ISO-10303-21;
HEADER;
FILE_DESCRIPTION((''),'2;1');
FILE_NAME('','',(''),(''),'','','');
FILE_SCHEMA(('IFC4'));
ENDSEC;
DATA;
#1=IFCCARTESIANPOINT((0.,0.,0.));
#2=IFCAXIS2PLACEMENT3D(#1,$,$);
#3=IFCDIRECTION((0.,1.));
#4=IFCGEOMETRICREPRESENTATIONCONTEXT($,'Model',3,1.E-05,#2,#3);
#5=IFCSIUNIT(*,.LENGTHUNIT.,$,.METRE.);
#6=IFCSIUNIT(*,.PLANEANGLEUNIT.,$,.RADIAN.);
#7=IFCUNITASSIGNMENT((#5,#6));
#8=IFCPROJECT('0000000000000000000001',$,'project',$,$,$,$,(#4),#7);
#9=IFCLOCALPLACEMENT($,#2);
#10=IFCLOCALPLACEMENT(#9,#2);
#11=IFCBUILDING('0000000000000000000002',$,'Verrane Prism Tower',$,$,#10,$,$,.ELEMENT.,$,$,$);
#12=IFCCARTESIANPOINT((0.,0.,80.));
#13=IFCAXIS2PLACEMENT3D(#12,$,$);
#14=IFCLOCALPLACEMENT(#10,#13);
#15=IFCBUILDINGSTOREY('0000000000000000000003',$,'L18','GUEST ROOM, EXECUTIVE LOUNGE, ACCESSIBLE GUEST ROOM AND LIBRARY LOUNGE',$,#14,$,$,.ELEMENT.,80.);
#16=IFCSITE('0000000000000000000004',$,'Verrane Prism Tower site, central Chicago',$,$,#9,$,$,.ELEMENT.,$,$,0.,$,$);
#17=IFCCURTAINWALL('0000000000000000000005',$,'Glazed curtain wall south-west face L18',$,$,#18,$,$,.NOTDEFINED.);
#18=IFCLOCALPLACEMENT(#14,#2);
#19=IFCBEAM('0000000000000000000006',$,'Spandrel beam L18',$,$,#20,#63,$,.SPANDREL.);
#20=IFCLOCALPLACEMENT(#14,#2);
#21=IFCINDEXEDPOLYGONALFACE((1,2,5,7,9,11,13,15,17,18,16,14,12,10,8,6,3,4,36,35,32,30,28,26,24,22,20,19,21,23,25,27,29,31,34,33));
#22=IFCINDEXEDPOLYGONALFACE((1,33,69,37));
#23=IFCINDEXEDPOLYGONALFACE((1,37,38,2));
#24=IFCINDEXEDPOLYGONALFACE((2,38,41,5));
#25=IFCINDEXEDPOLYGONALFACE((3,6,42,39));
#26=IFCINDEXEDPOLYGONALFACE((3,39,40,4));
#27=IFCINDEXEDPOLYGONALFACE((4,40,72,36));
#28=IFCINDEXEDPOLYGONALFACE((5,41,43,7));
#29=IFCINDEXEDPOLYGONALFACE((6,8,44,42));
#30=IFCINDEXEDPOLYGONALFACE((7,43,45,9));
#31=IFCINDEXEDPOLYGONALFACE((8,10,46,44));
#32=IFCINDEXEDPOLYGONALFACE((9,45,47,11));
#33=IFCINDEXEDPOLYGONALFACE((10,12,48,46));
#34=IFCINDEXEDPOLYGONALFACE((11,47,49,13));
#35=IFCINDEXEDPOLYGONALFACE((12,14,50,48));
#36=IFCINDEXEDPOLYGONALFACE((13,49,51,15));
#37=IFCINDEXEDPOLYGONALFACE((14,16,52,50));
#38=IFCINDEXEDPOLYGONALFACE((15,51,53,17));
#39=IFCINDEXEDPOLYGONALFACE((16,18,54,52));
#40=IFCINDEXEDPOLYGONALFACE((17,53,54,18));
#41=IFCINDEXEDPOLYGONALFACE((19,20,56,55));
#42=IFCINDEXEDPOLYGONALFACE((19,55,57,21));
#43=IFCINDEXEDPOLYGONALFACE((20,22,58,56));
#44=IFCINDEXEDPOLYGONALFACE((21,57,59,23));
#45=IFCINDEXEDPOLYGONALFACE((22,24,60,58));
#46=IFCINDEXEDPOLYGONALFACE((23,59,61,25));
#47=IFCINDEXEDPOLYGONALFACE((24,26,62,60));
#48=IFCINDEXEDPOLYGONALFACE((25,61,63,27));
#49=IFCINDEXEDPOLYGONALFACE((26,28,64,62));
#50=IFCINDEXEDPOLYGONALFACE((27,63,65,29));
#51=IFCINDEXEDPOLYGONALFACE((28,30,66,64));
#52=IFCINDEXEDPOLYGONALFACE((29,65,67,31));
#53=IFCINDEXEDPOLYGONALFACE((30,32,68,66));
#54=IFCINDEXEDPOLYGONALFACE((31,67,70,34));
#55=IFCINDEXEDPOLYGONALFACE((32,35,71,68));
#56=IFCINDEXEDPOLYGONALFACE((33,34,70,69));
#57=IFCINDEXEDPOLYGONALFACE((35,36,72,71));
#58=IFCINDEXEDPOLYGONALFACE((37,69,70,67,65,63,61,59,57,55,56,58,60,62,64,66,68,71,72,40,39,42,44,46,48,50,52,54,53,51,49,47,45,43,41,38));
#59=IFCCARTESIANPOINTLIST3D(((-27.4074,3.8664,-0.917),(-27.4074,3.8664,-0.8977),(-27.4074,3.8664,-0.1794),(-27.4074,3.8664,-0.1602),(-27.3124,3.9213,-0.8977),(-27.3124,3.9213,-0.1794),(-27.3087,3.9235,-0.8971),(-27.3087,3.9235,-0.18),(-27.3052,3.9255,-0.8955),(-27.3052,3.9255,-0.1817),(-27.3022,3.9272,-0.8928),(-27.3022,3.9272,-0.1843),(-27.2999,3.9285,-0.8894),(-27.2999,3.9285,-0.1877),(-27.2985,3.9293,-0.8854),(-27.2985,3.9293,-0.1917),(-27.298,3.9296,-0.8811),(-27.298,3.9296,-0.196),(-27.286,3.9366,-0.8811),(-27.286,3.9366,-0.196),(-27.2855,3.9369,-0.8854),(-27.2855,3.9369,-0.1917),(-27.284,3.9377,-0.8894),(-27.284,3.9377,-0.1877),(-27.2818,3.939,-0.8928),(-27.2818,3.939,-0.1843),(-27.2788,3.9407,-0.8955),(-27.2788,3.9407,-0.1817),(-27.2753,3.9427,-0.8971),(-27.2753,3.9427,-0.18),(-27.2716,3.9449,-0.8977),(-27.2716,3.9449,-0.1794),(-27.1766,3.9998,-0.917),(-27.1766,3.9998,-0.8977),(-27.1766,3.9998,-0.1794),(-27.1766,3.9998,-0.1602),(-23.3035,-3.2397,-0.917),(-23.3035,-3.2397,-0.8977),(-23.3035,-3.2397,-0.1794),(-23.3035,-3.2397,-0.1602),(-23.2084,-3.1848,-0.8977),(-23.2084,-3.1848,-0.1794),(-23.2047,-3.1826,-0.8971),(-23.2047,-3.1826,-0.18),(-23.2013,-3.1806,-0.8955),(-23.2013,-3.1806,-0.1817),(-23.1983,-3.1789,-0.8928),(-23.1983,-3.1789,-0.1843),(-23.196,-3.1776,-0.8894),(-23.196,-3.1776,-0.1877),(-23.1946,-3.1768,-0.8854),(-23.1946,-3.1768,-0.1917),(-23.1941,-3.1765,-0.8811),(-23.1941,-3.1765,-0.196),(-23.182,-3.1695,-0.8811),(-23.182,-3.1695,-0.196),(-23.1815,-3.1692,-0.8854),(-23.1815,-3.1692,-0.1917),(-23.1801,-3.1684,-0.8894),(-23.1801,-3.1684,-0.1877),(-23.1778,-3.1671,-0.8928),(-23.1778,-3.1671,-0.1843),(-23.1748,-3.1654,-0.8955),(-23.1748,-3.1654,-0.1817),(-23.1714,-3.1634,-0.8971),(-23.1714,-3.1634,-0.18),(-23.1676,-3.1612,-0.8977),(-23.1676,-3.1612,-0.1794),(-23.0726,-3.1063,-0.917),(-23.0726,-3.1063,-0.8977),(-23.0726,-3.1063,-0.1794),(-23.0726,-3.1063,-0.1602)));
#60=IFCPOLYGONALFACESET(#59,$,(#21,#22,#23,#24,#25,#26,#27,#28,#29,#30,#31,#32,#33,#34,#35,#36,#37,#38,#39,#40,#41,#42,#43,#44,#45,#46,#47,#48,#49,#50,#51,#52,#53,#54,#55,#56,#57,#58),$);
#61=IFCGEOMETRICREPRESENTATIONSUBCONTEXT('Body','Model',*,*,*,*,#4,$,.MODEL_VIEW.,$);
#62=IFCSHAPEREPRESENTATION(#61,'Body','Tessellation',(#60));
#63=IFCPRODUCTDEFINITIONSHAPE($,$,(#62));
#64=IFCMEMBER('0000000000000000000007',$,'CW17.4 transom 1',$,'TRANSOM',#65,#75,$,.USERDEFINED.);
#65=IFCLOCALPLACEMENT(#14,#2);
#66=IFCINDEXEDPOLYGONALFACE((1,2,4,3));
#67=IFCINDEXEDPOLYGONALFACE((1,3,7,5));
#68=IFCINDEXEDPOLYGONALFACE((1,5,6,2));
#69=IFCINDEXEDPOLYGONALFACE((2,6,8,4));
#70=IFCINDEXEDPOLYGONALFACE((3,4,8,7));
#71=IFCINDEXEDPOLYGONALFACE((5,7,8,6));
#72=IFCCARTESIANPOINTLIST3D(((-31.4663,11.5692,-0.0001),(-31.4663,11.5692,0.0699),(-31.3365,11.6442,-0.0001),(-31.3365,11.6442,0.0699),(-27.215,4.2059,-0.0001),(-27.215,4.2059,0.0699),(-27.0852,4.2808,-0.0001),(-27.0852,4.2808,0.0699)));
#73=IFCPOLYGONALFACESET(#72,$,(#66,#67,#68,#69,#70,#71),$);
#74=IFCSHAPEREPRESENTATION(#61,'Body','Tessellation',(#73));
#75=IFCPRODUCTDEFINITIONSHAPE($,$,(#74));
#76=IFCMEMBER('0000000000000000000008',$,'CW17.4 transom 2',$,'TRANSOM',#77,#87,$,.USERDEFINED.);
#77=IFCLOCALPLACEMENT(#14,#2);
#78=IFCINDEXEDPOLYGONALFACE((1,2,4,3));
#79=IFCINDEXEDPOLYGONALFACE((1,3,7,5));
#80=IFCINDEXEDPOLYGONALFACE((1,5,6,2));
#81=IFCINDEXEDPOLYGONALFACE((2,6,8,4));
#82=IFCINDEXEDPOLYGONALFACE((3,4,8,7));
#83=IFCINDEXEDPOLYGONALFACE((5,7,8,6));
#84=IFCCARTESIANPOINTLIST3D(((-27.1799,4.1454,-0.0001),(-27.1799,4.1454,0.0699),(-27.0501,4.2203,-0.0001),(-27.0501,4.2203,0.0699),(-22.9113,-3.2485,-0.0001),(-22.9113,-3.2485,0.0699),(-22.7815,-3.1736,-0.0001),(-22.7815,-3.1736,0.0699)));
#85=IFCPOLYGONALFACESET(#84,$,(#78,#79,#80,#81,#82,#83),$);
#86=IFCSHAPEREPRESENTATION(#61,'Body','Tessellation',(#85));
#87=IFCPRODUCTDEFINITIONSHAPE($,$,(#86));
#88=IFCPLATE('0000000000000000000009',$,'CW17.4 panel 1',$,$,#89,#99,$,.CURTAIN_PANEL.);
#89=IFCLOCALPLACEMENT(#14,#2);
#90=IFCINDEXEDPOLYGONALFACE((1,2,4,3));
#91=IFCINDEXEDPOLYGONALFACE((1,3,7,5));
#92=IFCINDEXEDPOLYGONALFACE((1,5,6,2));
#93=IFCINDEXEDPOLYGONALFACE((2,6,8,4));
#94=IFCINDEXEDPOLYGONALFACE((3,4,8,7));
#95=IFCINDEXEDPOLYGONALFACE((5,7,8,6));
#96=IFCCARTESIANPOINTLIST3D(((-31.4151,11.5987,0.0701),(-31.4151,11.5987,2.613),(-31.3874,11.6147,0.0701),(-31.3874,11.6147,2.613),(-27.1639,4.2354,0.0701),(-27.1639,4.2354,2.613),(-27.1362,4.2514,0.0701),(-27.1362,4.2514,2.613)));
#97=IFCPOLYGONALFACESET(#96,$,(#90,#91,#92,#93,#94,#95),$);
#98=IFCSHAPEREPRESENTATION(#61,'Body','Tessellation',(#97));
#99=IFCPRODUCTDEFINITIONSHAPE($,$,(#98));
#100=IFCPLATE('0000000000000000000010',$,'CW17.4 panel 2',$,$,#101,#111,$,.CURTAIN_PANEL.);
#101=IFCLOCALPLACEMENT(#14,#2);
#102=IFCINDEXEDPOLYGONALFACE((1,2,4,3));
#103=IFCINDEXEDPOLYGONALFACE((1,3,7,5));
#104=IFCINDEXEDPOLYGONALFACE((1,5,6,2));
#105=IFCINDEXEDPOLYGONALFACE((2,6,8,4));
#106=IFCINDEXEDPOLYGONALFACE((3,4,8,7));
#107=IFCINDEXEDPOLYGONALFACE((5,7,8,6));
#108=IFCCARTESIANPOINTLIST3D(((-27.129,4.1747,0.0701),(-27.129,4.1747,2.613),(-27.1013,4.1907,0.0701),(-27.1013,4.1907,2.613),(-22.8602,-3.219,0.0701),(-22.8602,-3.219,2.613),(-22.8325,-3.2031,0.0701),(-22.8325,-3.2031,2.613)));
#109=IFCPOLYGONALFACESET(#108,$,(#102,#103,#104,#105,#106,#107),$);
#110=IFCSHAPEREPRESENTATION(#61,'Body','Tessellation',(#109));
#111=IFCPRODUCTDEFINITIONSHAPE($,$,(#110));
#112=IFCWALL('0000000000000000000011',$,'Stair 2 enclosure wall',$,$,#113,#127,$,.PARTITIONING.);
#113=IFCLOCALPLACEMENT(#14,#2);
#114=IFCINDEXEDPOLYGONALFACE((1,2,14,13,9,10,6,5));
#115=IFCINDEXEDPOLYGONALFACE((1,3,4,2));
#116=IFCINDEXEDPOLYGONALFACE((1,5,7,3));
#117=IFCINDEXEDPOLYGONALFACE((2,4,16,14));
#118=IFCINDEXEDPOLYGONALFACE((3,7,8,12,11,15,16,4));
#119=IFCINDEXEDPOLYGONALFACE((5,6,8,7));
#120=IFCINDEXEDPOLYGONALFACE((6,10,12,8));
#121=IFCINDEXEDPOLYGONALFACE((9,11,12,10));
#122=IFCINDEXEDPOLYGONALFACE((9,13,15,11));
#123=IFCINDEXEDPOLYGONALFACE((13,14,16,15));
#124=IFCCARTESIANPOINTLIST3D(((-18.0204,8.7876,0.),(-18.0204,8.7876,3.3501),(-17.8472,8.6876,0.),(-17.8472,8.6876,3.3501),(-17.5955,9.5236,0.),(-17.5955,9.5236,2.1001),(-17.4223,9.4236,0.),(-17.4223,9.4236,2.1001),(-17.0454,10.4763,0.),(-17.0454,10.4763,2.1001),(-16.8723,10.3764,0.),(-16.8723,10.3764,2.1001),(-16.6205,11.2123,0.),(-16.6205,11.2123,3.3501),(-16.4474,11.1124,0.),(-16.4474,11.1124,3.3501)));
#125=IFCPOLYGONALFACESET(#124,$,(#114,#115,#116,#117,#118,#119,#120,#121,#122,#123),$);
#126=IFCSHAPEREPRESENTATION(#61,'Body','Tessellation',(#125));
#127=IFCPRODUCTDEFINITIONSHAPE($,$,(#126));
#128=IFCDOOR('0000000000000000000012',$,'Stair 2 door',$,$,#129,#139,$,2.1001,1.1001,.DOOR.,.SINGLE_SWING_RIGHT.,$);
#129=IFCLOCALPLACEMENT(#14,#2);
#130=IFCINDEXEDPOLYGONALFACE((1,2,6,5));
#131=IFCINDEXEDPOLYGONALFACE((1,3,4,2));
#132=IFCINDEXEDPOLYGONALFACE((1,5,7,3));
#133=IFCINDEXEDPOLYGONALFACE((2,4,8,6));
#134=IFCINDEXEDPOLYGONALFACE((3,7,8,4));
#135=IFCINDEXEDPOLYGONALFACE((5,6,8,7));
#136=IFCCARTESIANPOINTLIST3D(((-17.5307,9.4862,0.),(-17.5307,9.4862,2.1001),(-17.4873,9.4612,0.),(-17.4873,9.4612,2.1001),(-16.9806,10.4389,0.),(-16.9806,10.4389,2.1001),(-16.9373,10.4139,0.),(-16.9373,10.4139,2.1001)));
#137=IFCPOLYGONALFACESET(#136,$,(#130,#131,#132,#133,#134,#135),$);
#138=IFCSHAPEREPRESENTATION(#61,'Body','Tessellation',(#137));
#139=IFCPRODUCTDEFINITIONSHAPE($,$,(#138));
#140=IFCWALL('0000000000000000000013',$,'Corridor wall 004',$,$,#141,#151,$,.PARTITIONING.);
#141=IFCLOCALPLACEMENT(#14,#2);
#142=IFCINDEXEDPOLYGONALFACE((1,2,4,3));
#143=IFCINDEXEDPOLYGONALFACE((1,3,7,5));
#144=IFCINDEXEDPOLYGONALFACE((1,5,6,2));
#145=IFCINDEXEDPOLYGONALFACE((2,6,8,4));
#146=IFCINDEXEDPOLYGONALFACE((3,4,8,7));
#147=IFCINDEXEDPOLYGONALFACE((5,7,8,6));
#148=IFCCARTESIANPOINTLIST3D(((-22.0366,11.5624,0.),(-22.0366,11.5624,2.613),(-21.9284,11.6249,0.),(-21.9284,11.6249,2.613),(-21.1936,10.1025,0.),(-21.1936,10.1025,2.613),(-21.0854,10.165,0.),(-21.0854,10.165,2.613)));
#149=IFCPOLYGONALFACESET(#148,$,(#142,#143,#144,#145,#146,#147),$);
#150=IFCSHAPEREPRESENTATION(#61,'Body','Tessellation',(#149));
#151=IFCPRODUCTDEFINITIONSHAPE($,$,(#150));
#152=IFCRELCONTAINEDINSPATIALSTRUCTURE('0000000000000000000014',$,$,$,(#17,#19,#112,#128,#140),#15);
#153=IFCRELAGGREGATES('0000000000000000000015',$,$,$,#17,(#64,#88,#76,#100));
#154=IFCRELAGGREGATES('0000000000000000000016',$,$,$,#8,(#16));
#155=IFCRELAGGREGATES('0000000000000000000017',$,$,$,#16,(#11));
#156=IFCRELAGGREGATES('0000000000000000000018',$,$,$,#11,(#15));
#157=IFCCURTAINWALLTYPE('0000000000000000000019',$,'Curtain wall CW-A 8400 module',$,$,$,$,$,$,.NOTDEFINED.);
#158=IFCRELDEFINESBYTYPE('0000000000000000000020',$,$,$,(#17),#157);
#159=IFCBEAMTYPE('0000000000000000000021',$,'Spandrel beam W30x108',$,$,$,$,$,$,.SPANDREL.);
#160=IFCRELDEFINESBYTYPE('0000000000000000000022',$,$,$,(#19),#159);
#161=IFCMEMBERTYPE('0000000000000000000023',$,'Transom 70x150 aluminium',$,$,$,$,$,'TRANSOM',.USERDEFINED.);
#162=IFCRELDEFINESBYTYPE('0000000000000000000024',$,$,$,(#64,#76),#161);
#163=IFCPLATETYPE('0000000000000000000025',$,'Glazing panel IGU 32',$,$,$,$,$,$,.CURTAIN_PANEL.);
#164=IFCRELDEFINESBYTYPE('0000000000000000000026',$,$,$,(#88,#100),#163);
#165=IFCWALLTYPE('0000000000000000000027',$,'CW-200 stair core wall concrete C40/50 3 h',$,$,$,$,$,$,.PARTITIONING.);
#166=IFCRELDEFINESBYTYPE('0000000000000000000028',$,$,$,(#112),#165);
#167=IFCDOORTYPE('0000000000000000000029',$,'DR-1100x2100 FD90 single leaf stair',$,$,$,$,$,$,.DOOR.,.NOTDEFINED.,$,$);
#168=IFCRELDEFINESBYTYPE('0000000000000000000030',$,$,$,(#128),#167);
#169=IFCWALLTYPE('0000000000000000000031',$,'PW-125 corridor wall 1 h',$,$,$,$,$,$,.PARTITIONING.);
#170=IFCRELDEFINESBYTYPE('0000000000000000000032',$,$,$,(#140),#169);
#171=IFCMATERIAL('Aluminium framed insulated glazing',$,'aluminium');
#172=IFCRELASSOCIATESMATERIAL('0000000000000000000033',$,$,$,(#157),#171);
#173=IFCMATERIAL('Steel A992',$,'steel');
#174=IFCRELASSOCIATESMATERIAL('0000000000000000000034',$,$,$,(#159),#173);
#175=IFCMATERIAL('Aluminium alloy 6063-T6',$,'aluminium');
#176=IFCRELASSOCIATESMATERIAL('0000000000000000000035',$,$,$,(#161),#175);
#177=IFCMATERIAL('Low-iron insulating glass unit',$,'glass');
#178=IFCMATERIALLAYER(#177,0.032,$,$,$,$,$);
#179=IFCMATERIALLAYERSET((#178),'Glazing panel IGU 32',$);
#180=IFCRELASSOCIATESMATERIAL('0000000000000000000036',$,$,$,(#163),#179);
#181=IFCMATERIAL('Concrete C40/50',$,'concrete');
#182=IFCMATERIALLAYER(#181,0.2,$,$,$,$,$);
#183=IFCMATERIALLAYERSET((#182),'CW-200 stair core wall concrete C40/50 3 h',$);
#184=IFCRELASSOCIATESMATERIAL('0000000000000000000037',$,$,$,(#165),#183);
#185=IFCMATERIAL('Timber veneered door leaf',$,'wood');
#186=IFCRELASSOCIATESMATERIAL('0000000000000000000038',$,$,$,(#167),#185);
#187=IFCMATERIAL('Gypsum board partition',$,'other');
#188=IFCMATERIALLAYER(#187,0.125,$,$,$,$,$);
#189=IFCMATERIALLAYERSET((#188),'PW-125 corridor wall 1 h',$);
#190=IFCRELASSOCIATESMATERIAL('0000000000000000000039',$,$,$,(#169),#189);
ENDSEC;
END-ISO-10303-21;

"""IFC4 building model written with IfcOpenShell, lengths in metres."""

from ifc_helpers import new_model, si_unit, direction, frame, frame_2d, origin, origin_2d, place, context, subcontext, project, spatial, rectangle, i_section, extrude, material, layer, layer_set, material_profile, profile_set, type_object, element, fill, aggregate, save


model = new_model("IFC4")

# Units and contexts
model_context = context("Model", 3, precision=1e-05, world=origin(), true_north=direction((0.0, 1.0)))
body_context = subcontext(model_context, "Body", "Model", "MODEL_VIEW")
ifc_project = project(units=[si_unit("LENGTHUNIT", "METRE"), si_unit("PLANEANGLEUNIT", "RADIAN")], contexts=[model_context])

# Site, building, storey
site_placement = place(None, origin())
site = spatial("IfcSite", under=ifc_project, at=site_placement, Name="Verrane Prism Tower site, central Chicago", CompositionType="ELEMENT", RefElevation=0.0)
building_placement = place(site_placement, origin())
building = spatial("IfcBuilding", under=site, at=building_placement, Name="Verrane Prism Tower", CompositionType="ELEMENT")
storey_placement = place(building_placement, frame((0.0, 0.0, 80.0)))
storey = spatial("IfcBuildingStorey", under=building, at=storey_placement, Name="L18", Description="GUEST ROOM, EXECUTIVE LOUNGE, ACCESSIBLE GUEST ROOM AND LIBRARY LOUNGE", CompositionType="ELEMENT", Elevation=80.0)

# Curtain wall
ifc_material_1 = material(Name="Aluminium framed insulated glazing", Category="aluminium")
curtain_wall_type = type_object("IfcCurtainWallType", Name="Curtain wall CW-A 8400 module", PredefinedType="NOTDEFINED", material=ifc_material_1)
curtain_wall_placement = place(storey_placement, origin())
curtain_wall = element("IfcCurtainWall", 1, at=curtain_wall_placement, inside=storey, type_object=curtain_wall_type, Name="Glazed curtain wall south-west face L18", PredefinedType="NOTDEFINED")

# Beam
ifc_material_2 = material(Name="Steel A992", Category="steel")
ifc_material_profile_1 = material_profile(ifc_material_2, i_section(OverallWidth=0.2666, OverallDepth=0.7568, WebThickness=0.0139, FlangeThickness=0.0193, FilletRadius=0.0166, at=origin_2d()), Name="W30x108")
ifc_profile_set_1 = profile_set([ifc_material_profile_1], Name="Steel A992")
beam_type_1 = type_object("IfcBeamType", Name="Spandrel beam W30x108", PredefinedType="SPANDREL", material=ifc_profile_set_1)
beam_1_placement = place(storey_placement, frame((-27.292, 3.9331, -0.5386), z_axis=(0.500113, -0.86596, 0.0), x_axis=(0.86596, 0.500113, 0.0)))
element("IfcBeam", 2, at=beam_1_placement, inside=storey, type_object=beam_type_1, Name="Spandrel beam L18", PredefinedType="SPANDREL", context=body_context, shape_type="SweptSolid", body=[
    extrude(i_section(OverallWidth=0.2666, OverallDepth=0.7568, WebThickness=0.0139, FlangeThickness=0.0193, FilletRadius=0.0166, at=origin_2d()), origin(), (0.0, 0.0, 1.0), 8.2061),
])

# Members
ifc_material_3 = material(Name="Aluminium alloy 6063-T6", Category="aluminium")
ifc_material_profile_2 = material_profile(ifc_material_3, rectangle(XDim=0.1499, YDim=0.0701, at=origin_2d()), Name="Transom 70x150 aluminium")
ifc_profile_set_2 = profile_set([ifc_material_profile_2], Name="Aluminium alloy 6063-T6")
member_type_1 = type_object("IfcMemberType", Name="Transom 70x150 aluminium", ElementType="TRANSOM", PredefinedType="USERDEFINED", material=ifc_profile_set_2)
member_1_placement = place(storey_placement, frame((-31.4014, 11.6067, 0.0349), z_axis=(0.500002, -0.866024, 0.0), x_axis=(0.866024, 0.500002, 0.0)))
member_1 = element("IfcMember", 3, at=member_1_placement, type_object=member_type_1, Name="CW17.4 transom 1", ObjectType="TRANSOM", PredefinedType="USERDEFINED", context=body_context, shape_type="SweptSolid", body=[
    extrude(rectangle(XDim=0.1499, YDim=0.0701, at=origin_2d()), origin(), (0.0, 0.0, 1.0), 8.5024),
])
member_2_placement = place(storey_placement, frame((-27.115, 4.1829, 0.0349), z_axis=(0.499977, -0.866038, 0.0), x_axis=(0.866038, 0.499977, 0.0)))
member_2 = element("IfcMember", 4, at=member_2_placement, type_object=member_type_1, Name="CW17.4 transom 2", ObjectType="TRANSOM", PredefinedType="USERDEFINED", context=body_context, shape_type="SweptSolid", body=[
    extrude(rectangle(XDim=0.1499, YDim=0.0701, at=origin_2d()), origin(), (0.0, 0.0, 1.0), 8.5376),
])

# Plates
ifc_material_4 = material(Name="Low-iron insulating glass unit", Category="glass")
ifc_layer_1 = layer(ifc_material_4, 0.032)
ifc_layer_set_1 = layer_set([ifc_layer_1], Name="Glazing panel IGU 32")
plate_type = type_object("IfcPlateType", Name="Glazing panel IGU 32", PredefinedType="CURTAIN_PANEL", material=ifc_layer_set_1)
plate_1_placement = place(storey_placement, frame((-29.2756, 7.925, 0.0701), z_axis=(0.0, 0.0, 1.0), x_axis=(0.499999, -0.866026, 0.0)))
plate_1 = element("IfcPlate", 5, at=plate_1_placement, type_object=plate_type, Name="CW17.4 panel 1", PredefinedType="CURTAIN_PANEL", context=body_context, shape_type="SweptSolid", body=[
    extrude(rectangle(XDim=8.5024, YDim=0.032, at=origin_2d()), origin(), (0.0, 0.0, 1.0), 2.543),
])
plate_2_placement = place(storey_placement, frame((-24.9807, 0.4858, 0.0701), z_axis=(0.0, 0.0, 1.0), x_axis=(0.499999, -0.866026, 0.0)))
plate_2 = element("IfcPlate", 6, at=plate_2_placement, type_object=plate_type, Name="CW17.4 panel 2", PredefinedType="CURTAIN_PANEL", context=body_context, shape_type="SweptSolid", body=[
    extrude(rectangle(XDim=8.5376, YDim=0.032, at=origin_2d()), origin(), (0.0, 0.0, 1.0), 2.543),
])
aggregate(curtain_wall, [member_1, plate_1, member_2, plate_2])

# Wall, opening, door
ifc_material_5 = material(Name="Concrete C40/50", Category="concrete")
ifc_layer_2 = layer(ifc_material_5, 0.2)
ifc_layer_set_2 = layer_set([ifc_layer_2], Name="CW-200 stair core wall concrete C40/50 3 h")
wall_type_1 = type_object("IfcWallType", Name="CW-200 stair core wall concrete C40/50 3 h", PredefinedType="PARTITIONING", material=ifc_layer_set_2)
wall_1_placement = place(storey_placement, frame((-16.5339, 11.1624, 0.0), z_axis=(0.0, 0.0, 1.0), x_axis=(-0.499984, -0.866035, 0.0)))
wall_1 = element("IfcWall", 7, at=wall_1_placement, inside=storey, type_object=wall_type_1, Name="Stair 2 enclosure wall", PredefinedType="PARTITIONING", context=body_context, shape_type="SweptSolid", body=[
    extrude(rectangle(XDim=2.7998, YDim=0.2, at=frame_2d((1.3999, 0.0))), origin(), (0.0, 0.0, 1.0), 3.3501),
])
opening_1_placement = place(wall_1_placement, frame((0.8499, 0.0, 0.0)))
opening_1 = element("IfcOpeningElement", 8, at=opening_1_placement, cuts=wall_1, PredefinedType="OPENING", context=body_context, shape_type="SweptSolid", body=[
    extrude(rectangle(XDim=1.1001, YDim=2.1001, at=frame_2d((0.55, 1.05))), frame((0.0, 0.1099, 0.0), z_axis=(0.0, -1.0, 0.0), x_axis=(1.0, 0.0, 0.0)), (0.0, 0.0, 1.0), 0.22),
])
ifc_material_6 = material(Name="Timber veneered door leaf", Category="wood")
door_type_1 = type_object("IfcDoorType", Name="DR-1100x2100 FD90 single leaf stair", OperationType="NOTDEFINED", PredefinedType="DOOR", material=ifc_material_6)
door_1_placement = place(opening_1_placement, origin())
door_1 = element("IfcDoor", 9, at=door_1_placement, inside=storey, type_object=door_type_1, Name="Stair 2 door", OperationType="SINGLE_SWING_RIGHT", OverallHeight=2.1001, OverallWidth=1.1001, PredefinedType="DOOR", context=body_context, shape_type="SweptSolid", body=[
    extrude(rectangle(XDim=1.1001, YDim=2.1001, at=frame_2d((0.55, 1.05))), frame((0.0, 0.0249, 0.0), z_axis=(0.0, -1.0, 0.0), x_axis=(1.0, 0.0, 0.0)), (0.0, 0.0, 1.0), 0.05),
])
fill(opening_1, door_1)

# Wall
ifc_material_7 = material(Name="Gypsum board partition", Category="other")
ifc_layer_3 = layer(ifc_material_7, 0.125)
ifc_layer_set_3 = layer_set([ifc_layer_3], Name="PW-125 corridor wall 1 h")
wall_type_2 = type_object("IfcWallType", Name="PW-125 corridor wall 1 h", PredefinedType="PARTITIONING", material=ifc_layer_set_3)
wall_2_placement = place(storey_placement, frame((-21.9824, 11.5935, 0.0), z_axis=(0.0, 0.0, 1.0), x_axis=(0.500048, -0.865997, 0.0)))
element("IfcWall", 10, at=wall_2_placement, inside=storey, type_object=wall_type_2, Name="Corridor wall 004", PredefinedType="PARTITIONING", context=body_context, shape_type="SweptSolid", body=[
    extrude(rectangle(XDim=1.6858, YDim=0.125, at=frame_2d((0.8428, 0.0))), origin(), (0.0, 0.0, 1.0), 2.613),
])

save(model, "model.ifc")
